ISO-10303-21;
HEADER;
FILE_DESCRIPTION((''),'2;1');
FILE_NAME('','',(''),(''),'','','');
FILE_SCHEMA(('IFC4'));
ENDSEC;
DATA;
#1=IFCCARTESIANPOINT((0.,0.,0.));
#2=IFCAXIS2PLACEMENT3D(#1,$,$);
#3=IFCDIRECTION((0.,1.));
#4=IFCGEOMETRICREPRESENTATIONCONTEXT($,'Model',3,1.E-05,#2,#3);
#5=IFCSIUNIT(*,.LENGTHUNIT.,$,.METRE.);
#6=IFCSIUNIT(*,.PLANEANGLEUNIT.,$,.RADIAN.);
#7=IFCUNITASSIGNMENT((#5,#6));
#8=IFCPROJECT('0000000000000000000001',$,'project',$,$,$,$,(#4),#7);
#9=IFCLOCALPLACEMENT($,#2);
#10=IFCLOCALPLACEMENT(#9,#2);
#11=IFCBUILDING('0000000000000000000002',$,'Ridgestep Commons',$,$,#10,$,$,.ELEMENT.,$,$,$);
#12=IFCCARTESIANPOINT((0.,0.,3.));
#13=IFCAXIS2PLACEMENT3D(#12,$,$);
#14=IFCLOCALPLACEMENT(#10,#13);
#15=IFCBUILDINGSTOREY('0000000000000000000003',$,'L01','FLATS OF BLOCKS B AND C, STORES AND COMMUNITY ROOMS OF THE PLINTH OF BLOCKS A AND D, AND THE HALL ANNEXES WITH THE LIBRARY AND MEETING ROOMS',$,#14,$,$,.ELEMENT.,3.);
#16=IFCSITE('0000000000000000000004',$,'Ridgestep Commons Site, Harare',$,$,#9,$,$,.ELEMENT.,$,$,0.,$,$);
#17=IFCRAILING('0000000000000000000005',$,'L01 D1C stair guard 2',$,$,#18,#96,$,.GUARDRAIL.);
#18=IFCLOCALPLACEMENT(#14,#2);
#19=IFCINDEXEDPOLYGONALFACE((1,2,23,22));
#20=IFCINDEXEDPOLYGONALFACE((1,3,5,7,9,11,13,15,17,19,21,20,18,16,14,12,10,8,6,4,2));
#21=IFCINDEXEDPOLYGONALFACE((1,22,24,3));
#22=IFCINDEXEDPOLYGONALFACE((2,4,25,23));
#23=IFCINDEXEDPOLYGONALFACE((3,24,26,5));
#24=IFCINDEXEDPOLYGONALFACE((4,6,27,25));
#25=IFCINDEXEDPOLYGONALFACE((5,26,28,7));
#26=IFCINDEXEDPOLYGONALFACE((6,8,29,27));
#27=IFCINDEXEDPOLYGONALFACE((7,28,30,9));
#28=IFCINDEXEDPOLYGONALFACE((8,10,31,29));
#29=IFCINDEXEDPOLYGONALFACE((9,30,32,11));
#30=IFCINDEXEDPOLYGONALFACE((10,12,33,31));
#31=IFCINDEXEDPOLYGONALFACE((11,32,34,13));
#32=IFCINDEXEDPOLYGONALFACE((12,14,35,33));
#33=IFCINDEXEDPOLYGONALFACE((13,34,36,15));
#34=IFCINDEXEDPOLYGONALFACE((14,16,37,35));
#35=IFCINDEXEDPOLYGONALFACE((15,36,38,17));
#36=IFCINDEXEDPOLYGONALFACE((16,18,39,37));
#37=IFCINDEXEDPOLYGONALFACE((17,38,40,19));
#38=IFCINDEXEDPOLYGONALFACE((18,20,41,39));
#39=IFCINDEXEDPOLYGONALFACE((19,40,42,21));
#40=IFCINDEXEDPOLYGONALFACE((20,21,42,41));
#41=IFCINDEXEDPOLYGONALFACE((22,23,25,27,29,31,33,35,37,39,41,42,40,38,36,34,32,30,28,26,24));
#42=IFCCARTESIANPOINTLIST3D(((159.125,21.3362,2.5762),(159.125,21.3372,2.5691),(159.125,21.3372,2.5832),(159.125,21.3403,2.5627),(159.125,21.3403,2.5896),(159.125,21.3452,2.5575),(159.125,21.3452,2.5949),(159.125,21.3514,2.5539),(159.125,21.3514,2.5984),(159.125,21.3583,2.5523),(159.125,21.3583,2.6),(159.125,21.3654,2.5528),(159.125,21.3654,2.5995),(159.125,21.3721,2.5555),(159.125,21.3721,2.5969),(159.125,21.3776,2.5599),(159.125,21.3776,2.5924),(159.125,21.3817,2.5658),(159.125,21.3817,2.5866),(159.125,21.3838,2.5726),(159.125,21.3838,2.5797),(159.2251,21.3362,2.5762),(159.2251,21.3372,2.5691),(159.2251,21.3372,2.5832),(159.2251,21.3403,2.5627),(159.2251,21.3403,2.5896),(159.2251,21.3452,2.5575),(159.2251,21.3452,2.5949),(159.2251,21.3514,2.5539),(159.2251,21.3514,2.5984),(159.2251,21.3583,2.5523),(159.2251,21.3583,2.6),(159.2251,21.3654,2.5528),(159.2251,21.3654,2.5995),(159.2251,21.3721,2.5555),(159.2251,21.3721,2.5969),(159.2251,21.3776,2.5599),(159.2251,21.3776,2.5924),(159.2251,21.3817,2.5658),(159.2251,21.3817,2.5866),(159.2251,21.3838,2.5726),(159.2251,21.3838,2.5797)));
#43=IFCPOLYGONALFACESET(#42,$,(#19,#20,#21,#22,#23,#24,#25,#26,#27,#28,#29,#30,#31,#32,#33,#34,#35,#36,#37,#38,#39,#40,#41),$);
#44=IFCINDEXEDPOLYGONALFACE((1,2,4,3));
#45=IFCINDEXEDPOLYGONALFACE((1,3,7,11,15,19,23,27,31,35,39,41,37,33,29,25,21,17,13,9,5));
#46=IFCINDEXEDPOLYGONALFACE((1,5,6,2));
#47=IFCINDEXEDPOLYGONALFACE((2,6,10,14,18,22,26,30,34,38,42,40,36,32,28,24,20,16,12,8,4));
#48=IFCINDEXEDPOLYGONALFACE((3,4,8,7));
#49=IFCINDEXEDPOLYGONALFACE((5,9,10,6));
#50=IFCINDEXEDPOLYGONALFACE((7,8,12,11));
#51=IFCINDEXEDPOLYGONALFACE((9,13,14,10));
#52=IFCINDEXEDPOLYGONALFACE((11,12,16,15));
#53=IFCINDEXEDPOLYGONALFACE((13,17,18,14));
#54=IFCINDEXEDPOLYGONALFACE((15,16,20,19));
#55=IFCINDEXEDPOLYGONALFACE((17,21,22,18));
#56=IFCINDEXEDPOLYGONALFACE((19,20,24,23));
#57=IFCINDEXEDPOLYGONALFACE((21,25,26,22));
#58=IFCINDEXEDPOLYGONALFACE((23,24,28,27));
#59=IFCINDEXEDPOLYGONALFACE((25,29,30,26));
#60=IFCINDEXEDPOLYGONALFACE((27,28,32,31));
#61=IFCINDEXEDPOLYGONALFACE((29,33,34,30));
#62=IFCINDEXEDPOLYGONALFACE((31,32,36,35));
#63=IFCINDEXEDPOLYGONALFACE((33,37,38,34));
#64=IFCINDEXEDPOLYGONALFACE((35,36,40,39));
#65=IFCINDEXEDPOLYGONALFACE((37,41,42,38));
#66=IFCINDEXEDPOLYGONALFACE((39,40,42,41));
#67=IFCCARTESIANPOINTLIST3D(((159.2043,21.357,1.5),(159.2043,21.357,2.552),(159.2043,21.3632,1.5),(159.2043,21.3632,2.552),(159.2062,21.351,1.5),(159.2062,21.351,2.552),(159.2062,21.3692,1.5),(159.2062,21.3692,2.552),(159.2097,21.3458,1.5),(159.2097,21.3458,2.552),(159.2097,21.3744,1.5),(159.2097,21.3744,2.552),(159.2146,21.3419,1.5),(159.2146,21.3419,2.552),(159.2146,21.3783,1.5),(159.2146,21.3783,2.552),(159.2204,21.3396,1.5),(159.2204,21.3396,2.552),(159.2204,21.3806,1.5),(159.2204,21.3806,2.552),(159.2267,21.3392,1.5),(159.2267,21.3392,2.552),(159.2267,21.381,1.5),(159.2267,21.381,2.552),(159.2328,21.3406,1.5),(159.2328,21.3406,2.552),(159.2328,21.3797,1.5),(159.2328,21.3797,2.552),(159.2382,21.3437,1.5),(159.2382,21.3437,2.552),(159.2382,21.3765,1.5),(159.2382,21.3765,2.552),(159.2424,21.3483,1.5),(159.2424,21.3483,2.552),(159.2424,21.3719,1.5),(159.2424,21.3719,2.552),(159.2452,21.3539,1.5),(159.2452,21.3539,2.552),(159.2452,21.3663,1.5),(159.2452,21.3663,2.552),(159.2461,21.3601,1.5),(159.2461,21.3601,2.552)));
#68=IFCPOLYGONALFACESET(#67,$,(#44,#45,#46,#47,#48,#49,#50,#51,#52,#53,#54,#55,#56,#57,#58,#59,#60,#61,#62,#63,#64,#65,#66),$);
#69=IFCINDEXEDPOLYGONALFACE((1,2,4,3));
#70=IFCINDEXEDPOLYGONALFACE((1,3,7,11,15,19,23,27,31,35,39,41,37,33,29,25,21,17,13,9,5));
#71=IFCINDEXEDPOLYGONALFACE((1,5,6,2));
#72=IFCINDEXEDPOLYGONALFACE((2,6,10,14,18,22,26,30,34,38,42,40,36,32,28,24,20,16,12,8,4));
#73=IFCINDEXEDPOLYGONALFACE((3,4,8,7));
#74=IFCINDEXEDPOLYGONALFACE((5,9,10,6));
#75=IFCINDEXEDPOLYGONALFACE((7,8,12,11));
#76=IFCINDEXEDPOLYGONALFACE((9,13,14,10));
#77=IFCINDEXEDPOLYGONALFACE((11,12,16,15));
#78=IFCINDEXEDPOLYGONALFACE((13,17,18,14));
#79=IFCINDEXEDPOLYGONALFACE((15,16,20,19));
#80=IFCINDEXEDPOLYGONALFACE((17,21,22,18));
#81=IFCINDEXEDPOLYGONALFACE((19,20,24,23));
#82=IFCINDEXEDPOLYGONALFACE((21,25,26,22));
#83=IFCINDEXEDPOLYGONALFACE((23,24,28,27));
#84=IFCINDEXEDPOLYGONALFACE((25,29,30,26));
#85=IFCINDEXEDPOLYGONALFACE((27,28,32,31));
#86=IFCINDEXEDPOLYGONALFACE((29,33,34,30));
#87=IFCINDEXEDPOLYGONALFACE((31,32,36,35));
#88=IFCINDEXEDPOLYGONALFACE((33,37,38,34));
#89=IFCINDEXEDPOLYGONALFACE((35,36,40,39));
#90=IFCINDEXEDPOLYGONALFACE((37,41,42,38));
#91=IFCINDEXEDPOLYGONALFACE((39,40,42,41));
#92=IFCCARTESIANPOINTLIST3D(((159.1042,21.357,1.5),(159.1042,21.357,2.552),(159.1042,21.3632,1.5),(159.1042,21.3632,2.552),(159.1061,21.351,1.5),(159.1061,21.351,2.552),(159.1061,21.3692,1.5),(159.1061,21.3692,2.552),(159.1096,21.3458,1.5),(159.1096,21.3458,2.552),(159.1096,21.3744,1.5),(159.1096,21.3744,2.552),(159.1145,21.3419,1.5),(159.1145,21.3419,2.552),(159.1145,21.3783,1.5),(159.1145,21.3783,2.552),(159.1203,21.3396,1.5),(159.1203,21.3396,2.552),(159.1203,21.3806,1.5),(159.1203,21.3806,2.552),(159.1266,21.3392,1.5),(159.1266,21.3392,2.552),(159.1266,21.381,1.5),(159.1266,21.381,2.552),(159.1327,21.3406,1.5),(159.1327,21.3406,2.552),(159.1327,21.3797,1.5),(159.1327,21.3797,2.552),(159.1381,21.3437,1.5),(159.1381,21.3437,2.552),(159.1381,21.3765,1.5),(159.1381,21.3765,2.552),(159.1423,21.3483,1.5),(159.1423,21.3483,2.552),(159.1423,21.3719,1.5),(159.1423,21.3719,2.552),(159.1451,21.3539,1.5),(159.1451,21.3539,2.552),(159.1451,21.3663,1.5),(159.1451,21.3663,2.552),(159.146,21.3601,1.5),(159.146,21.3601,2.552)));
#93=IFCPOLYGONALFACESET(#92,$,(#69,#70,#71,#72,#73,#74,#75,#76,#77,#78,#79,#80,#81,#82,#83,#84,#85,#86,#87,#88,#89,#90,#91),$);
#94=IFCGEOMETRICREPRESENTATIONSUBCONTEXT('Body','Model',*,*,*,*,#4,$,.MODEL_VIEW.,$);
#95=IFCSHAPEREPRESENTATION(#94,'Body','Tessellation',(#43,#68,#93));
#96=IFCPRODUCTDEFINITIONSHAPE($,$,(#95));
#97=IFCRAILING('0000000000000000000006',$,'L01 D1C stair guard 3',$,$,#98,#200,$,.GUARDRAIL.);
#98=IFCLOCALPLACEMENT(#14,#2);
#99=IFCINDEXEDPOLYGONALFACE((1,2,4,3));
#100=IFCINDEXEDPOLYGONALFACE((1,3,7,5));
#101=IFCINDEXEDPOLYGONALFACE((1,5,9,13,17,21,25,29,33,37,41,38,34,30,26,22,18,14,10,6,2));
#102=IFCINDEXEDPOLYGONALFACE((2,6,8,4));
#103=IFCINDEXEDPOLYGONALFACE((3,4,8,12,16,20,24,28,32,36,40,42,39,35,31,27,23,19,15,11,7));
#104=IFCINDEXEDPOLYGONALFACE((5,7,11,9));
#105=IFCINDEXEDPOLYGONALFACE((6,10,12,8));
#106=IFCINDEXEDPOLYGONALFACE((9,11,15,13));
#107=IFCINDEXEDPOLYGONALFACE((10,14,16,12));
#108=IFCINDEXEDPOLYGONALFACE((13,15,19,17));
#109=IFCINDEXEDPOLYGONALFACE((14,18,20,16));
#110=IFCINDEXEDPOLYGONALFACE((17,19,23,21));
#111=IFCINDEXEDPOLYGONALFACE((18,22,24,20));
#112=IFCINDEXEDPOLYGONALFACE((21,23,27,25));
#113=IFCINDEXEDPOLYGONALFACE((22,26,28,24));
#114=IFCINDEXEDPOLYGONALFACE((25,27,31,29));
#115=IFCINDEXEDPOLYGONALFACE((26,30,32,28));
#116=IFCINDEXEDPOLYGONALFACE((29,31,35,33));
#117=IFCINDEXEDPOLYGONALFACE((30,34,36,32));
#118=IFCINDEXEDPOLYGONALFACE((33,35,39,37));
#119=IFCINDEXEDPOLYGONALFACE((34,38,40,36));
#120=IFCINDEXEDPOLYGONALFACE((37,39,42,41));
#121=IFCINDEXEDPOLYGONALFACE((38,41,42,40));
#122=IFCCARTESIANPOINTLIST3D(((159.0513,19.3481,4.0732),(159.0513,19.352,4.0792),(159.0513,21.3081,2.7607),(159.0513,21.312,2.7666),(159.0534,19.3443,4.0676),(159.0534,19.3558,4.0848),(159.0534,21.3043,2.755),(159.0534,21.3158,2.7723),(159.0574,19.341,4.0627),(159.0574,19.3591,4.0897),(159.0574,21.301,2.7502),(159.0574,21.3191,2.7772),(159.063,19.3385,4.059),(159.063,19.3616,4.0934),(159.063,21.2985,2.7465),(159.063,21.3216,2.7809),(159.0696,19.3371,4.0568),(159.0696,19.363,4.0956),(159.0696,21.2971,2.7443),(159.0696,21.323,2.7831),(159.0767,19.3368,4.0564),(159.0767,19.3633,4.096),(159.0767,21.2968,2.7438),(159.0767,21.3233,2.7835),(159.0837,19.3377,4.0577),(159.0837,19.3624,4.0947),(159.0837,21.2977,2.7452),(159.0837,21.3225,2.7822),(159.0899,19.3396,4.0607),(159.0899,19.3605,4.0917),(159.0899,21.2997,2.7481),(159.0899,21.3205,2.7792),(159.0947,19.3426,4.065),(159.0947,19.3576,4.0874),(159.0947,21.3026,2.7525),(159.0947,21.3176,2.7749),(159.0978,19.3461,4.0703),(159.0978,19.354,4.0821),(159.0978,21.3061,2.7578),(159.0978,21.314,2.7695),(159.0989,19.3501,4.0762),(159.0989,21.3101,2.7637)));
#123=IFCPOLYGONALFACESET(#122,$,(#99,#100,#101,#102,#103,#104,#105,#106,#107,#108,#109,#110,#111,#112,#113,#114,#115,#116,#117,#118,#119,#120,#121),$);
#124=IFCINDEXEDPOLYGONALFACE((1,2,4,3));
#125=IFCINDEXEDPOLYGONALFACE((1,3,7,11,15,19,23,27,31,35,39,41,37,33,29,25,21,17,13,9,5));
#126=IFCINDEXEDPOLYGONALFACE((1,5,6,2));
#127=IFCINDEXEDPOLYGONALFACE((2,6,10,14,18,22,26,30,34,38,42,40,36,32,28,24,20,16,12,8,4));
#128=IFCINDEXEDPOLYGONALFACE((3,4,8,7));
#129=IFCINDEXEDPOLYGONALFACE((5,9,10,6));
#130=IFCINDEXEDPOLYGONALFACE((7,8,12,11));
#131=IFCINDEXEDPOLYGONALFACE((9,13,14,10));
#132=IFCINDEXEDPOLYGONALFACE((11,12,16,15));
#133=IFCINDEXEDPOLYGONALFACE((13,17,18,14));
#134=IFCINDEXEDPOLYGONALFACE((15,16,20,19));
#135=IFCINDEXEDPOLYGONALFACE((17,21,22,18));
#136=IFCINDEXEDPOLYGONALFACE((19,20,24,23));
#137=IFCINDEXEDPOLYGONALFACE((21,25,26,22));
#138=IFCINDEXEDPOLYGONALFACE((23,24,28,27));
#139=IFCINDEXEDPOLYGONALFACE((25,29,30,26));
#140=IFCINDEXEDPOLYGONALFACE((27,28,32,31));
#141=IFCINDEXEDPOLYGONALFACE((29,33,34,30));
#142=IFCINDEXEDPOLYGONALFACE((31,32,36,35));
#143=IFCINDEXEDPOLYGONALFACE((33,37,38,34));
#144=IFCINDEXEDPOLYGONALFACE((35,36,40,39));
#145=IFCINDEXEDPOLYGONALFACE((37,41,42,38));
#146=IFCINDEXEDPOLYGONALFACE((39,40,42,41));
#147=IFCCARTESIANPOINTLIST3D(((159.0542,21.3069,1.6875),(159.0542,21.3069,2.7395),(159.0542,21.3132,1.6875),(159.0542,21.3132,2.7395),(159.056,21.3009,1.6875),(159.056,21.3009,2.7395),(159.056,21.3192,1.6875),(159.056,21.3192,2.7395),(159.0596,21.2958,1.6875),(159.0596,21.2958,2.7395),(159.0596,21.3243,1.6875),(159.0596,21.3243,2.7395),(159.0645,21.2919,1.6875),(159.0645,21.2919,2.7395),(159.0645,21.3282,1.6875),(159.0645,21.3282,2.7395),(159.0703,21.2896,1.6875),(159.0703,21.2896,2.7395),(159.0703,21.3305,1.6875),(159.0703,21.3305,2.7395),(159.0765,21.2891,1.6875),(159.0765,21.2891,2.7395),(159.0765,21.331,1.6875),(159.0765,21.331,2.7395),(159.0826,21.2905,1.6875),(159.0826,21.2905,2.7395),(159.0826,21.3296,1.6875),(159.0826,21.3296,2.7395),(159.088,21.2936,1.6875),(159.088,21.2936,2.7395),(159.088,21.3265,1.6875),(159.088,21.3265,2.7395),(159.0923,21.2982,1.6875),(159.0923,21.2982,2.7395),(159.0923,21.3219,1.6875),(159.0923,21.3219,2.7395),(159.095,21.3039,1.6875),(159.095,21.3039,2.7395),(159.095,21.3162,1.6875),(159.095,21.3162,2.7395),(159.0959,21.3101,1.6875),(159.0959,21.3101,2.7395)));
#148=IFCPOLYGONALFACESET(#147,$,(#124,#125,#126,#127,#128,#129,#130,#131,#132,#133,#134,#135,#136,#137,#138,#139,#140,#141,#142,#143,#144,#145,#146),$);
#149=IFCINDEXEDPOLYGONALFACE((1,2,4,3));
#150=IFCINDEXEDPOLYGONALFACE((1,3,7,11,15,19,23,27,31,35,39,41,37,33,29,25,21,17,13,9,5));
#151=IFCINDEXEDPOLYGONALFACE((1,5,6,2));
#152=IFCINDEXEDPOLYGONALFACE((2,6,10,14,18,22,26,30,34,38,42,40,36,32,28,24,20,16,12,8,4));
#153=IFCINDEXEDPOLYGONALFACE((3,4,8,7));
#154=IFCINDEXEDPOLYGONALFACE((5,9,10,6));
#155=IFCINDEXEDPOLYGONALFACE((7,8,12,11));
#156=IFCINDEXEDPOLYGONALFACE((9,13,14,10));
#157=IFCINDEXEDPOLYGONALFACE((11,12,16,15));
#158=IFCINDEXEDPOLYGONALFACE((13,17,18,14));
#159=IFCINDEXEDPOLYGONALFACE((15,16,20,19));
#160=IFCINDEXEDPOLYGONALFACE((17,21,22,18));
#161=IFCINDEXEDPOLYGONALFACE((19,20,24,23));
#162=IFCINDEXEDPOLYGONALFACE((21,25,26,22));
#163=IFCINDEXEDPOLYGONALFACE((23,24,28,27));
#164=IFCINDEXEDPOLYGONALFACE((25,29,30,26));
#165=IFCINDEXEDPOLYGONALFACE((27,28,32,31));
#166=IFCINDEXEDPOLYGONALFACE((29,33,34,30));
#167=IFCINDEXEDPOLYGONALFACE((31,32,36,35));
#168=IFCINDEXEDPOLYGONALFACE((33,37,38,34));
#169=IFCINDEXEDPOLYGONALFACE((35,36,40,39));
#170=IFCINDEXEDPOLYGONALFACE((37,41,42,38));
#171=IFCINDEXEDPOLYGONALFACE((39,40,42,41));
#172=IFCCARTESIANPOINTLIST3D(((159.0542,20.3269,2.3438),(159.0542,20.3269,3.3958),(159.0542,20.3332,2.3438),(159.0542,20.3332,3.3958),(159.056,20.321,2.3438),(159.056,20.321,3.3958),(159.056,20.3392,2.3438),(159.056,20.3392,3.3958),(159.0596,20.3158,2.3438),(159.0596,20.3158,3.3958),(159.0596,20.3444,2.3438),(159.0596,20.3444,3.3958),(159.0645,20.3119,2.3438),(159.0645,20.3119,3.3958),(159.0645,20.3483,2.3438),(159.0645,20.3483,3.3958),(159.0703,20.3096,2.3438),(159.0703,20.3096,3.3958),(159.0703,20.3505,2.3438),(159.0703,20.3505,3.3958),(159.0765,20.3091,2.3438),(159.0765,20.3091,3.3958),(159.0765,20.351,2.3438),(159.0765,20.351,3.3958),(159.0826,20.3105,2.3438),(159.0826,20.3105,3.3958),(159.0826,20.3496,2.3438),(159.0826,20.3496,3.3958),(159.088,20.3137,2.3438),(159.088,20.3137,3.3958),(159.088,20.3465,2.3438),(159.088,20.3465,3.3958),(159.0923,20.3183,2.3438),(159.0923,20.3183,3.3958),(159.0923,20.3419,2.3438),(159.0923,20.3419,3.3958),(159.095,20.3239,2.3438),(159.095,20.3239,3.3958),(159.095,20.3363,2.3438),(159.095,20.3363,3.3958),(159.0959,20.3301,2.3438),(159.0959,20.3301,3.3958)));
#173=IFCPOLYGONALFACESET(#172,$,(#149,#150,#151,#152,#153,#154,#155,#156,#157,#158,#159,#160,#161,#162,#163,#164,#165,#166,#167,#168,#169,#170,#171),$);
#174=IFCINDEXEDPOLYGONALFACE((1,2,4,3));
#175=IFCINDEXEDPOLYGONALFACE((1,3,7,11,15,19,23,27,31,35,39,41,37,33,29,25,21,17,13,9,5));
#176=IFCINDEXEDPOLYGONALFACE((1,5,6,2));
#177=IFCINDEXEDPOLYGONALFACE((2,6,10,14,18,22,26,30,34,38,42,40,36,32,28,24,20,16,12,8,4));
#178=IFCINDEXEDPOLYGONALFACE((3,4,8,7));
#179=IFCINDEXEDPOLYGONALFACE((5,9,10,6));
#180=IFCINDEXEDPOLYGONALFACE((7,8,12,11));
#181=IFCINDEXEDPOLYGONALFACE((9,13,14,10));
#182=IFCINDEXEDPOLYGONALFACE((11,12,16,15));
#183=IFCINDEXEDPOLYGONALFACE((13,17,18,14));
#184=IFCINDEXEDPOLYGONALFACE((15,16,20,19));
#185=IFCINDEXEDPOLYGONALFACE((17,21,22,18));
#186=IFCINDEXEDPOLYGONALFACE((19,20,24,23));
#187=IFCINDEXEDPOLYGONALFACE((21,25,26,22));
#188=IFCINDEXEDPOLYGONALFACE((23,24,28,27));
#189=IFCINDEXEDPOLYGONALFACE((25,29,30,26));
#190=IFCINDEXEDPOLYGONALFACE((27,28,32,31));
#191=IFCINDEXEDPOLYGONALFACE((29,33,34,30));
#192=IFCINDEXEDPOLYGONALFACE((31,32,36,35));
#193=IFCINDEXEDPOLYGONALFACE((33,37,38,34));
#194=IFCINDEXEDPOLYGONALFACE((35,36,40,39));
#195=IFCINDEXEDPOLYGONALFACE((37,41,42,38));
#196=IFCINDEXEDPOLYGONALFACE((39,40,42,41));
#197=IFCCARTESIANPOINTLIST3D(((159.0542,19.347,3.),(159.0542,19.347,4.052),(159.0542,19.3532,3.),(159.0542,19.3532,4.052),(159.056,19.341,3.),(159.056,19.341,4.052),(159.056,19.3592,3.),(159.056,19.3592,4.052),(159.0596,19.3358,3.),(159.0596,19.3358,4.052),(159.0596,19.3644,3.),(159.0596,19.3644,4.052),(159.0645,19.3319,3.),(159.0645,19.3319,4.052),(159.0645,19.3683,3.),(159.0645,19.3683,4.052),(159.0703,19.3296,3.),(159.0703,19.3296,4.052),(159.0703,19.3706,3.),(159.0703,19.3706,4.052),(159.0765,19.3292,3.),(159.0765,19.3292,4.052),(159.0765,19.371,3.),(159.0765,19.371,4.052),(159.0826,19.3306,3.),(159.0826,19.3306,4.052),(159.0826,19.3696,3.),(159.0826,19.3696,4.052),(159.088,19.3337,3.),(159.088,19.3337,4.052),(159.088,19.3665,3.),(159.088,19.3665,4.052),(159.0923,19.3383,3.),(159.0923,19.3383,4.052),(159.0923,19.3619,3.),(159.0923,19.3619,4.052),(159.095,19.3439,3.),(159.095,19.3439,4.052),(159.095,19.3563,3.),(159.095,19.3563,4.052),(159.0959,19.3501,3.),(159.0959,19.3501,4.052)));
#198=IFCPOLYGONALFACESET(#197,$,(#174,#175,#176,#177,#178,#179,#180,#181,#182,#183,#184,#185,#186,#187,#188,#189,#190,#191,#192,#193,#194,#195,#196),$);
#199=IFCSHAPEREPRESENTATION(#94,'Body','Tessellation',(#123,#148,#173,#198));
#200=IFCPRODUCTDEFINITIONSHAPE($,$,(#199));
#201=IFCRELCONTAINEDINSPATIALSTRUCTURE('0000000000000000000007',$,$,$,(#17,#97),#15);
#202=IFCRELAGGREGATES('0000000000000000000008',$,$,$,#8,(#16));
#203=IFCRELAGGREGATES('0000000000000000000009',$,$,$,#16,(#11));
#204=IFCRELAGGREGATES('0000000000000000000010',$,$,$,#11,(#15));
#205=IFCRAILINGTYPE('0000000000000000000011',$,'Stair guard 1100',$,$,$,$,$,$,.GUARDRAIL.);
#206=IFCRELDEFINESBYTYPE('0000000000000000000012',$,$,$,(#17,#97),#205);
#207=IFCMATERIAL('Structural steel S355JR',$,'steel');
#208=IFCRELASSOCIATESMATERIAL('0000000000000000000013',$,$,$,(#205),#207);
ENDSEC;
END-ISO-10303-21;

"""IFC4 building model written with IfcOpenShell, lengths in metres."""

from ifc_helpers import new_model, si_unit, direction, frame, origin, origin_2d, place, context, subcontext, project, spatial, circle, extrude, material, type_object, element, save


model = new_model("IFC4")

# Units and contexts
model_context = context("Model", 3, precision=1e-05, world=origin(), true_north=direction((0.0, 1.0)))
body_context = subcontext(model_context, "Body", "Model", "MODEL_VIEW")
ifc_project = project(units=[si_unit("LENGTHUNIT", "METRE"), si_unit("PLANEANGLEUNIT", "RADIAN")], contexts=[model_context])

# Site, building, storey
site_placement = place(None, origin())
site = spatial("IfcSite", under=ifc_project, at=site_placement, Name="Ridgestep Commons Site, Harare", CompositionType="ELEMENT", RefElevation=0.0)
building_placement = place(site_placement, origin())
building = spatial("IfcBuilding", under=site, at=building_placement, Name="Ridgestep Commons", CompositionType="ELEMENT")
storey_placement = place(building_placement, frame((0.0, 0.0, 3.0)))
storey = spatial("IfcBuildingStorey", under=building, at=storey_placement, Name="L01", Description="FLATS OF BLOCKS B AND C, STORES AND COMMUNITY ROOMS OF THE PLINTH OF BLOCKS A AND D, AND THE HALL ANNEXES WITH THE LIBRARY AND MEETING ROOMS", CompositionType="ELEMENT", Elevation=3.0)

# Railings
ifc_material_1 = material(Name="Structural steel S355JR", Category="steel")
railing_type_1 = type_object("IfcRailingType", Name="Stair guard 1100", PredefinedType="GUARDRAIL", material=ifc_material_1)
railing_1_placement = place(storey_placement, frame((159.2251, 21.3601, 1.5)))
element("IfcRailing", 1, at=railing_1_placement, inside=storey, type_object=railing_type_1, Name="L01 D1C stair guard 2", PredefinedType="GUARDRAIL", context=body_context, shape_type="SweptSolid", body=[
    extrude(circle(Radius=0.0239, at=origin_2d()), frame((0.0, 0.0, 1.0762), z_axis=(-1.0, 0.0, 0.0), x_axis=(0.0, -1.0, 0.0)), (0.0, 0.0, 1.0), 0.1001),
    extrude(circle(Radius=0.021, at=origin_2d()), origin(), (0.0, 0.0, 1.0), 1.052),
    extrude(circle(Radius=0.021, at=origin_2d()), frame((-0.1001, 0.0, 0.0)), (0.0, 0.0, 1.0), 1.052),
])
railing_2_placement = place(storey_placement, frame((159.075, 21.3101, 1.6875)))
element("IfcRailing", 2, at=railing_2_placement, inside=storey, type_object=railing_type_1, Name="L01 D1C stair guard 3", PredefinedType="GUARDRAIL", context=body_context, shape_type="SweptSolid", body=[
    extrude(circle(Radius=0.0239, at=origin_2d()), frame((0.0, 0.0, 1.0762), z_axis=(0.0, -0.830902, 0.556419), x_axis=(1.0, 0.0, 0.0)), (0.0, 0.0, 1.0), 2.3589),
    extrude(circle(Radius=0.021, at=origin_2d()), origin(), (0.0, 0.0, 1.0), 1.052),
    extrude(circle(Radius=0.021, at=origin_2d()), frame((0.0, -0.98, 0.6562)), (0.0, 0.0, 1.0), 1.052),
    extrude(circle(Radius=0.021, at=origin_2d()), frame((0.0, -1.96, 1.3125)), (0.0, 0.0, 1.0), 1.052),
])

save(model, "model.ifc")
